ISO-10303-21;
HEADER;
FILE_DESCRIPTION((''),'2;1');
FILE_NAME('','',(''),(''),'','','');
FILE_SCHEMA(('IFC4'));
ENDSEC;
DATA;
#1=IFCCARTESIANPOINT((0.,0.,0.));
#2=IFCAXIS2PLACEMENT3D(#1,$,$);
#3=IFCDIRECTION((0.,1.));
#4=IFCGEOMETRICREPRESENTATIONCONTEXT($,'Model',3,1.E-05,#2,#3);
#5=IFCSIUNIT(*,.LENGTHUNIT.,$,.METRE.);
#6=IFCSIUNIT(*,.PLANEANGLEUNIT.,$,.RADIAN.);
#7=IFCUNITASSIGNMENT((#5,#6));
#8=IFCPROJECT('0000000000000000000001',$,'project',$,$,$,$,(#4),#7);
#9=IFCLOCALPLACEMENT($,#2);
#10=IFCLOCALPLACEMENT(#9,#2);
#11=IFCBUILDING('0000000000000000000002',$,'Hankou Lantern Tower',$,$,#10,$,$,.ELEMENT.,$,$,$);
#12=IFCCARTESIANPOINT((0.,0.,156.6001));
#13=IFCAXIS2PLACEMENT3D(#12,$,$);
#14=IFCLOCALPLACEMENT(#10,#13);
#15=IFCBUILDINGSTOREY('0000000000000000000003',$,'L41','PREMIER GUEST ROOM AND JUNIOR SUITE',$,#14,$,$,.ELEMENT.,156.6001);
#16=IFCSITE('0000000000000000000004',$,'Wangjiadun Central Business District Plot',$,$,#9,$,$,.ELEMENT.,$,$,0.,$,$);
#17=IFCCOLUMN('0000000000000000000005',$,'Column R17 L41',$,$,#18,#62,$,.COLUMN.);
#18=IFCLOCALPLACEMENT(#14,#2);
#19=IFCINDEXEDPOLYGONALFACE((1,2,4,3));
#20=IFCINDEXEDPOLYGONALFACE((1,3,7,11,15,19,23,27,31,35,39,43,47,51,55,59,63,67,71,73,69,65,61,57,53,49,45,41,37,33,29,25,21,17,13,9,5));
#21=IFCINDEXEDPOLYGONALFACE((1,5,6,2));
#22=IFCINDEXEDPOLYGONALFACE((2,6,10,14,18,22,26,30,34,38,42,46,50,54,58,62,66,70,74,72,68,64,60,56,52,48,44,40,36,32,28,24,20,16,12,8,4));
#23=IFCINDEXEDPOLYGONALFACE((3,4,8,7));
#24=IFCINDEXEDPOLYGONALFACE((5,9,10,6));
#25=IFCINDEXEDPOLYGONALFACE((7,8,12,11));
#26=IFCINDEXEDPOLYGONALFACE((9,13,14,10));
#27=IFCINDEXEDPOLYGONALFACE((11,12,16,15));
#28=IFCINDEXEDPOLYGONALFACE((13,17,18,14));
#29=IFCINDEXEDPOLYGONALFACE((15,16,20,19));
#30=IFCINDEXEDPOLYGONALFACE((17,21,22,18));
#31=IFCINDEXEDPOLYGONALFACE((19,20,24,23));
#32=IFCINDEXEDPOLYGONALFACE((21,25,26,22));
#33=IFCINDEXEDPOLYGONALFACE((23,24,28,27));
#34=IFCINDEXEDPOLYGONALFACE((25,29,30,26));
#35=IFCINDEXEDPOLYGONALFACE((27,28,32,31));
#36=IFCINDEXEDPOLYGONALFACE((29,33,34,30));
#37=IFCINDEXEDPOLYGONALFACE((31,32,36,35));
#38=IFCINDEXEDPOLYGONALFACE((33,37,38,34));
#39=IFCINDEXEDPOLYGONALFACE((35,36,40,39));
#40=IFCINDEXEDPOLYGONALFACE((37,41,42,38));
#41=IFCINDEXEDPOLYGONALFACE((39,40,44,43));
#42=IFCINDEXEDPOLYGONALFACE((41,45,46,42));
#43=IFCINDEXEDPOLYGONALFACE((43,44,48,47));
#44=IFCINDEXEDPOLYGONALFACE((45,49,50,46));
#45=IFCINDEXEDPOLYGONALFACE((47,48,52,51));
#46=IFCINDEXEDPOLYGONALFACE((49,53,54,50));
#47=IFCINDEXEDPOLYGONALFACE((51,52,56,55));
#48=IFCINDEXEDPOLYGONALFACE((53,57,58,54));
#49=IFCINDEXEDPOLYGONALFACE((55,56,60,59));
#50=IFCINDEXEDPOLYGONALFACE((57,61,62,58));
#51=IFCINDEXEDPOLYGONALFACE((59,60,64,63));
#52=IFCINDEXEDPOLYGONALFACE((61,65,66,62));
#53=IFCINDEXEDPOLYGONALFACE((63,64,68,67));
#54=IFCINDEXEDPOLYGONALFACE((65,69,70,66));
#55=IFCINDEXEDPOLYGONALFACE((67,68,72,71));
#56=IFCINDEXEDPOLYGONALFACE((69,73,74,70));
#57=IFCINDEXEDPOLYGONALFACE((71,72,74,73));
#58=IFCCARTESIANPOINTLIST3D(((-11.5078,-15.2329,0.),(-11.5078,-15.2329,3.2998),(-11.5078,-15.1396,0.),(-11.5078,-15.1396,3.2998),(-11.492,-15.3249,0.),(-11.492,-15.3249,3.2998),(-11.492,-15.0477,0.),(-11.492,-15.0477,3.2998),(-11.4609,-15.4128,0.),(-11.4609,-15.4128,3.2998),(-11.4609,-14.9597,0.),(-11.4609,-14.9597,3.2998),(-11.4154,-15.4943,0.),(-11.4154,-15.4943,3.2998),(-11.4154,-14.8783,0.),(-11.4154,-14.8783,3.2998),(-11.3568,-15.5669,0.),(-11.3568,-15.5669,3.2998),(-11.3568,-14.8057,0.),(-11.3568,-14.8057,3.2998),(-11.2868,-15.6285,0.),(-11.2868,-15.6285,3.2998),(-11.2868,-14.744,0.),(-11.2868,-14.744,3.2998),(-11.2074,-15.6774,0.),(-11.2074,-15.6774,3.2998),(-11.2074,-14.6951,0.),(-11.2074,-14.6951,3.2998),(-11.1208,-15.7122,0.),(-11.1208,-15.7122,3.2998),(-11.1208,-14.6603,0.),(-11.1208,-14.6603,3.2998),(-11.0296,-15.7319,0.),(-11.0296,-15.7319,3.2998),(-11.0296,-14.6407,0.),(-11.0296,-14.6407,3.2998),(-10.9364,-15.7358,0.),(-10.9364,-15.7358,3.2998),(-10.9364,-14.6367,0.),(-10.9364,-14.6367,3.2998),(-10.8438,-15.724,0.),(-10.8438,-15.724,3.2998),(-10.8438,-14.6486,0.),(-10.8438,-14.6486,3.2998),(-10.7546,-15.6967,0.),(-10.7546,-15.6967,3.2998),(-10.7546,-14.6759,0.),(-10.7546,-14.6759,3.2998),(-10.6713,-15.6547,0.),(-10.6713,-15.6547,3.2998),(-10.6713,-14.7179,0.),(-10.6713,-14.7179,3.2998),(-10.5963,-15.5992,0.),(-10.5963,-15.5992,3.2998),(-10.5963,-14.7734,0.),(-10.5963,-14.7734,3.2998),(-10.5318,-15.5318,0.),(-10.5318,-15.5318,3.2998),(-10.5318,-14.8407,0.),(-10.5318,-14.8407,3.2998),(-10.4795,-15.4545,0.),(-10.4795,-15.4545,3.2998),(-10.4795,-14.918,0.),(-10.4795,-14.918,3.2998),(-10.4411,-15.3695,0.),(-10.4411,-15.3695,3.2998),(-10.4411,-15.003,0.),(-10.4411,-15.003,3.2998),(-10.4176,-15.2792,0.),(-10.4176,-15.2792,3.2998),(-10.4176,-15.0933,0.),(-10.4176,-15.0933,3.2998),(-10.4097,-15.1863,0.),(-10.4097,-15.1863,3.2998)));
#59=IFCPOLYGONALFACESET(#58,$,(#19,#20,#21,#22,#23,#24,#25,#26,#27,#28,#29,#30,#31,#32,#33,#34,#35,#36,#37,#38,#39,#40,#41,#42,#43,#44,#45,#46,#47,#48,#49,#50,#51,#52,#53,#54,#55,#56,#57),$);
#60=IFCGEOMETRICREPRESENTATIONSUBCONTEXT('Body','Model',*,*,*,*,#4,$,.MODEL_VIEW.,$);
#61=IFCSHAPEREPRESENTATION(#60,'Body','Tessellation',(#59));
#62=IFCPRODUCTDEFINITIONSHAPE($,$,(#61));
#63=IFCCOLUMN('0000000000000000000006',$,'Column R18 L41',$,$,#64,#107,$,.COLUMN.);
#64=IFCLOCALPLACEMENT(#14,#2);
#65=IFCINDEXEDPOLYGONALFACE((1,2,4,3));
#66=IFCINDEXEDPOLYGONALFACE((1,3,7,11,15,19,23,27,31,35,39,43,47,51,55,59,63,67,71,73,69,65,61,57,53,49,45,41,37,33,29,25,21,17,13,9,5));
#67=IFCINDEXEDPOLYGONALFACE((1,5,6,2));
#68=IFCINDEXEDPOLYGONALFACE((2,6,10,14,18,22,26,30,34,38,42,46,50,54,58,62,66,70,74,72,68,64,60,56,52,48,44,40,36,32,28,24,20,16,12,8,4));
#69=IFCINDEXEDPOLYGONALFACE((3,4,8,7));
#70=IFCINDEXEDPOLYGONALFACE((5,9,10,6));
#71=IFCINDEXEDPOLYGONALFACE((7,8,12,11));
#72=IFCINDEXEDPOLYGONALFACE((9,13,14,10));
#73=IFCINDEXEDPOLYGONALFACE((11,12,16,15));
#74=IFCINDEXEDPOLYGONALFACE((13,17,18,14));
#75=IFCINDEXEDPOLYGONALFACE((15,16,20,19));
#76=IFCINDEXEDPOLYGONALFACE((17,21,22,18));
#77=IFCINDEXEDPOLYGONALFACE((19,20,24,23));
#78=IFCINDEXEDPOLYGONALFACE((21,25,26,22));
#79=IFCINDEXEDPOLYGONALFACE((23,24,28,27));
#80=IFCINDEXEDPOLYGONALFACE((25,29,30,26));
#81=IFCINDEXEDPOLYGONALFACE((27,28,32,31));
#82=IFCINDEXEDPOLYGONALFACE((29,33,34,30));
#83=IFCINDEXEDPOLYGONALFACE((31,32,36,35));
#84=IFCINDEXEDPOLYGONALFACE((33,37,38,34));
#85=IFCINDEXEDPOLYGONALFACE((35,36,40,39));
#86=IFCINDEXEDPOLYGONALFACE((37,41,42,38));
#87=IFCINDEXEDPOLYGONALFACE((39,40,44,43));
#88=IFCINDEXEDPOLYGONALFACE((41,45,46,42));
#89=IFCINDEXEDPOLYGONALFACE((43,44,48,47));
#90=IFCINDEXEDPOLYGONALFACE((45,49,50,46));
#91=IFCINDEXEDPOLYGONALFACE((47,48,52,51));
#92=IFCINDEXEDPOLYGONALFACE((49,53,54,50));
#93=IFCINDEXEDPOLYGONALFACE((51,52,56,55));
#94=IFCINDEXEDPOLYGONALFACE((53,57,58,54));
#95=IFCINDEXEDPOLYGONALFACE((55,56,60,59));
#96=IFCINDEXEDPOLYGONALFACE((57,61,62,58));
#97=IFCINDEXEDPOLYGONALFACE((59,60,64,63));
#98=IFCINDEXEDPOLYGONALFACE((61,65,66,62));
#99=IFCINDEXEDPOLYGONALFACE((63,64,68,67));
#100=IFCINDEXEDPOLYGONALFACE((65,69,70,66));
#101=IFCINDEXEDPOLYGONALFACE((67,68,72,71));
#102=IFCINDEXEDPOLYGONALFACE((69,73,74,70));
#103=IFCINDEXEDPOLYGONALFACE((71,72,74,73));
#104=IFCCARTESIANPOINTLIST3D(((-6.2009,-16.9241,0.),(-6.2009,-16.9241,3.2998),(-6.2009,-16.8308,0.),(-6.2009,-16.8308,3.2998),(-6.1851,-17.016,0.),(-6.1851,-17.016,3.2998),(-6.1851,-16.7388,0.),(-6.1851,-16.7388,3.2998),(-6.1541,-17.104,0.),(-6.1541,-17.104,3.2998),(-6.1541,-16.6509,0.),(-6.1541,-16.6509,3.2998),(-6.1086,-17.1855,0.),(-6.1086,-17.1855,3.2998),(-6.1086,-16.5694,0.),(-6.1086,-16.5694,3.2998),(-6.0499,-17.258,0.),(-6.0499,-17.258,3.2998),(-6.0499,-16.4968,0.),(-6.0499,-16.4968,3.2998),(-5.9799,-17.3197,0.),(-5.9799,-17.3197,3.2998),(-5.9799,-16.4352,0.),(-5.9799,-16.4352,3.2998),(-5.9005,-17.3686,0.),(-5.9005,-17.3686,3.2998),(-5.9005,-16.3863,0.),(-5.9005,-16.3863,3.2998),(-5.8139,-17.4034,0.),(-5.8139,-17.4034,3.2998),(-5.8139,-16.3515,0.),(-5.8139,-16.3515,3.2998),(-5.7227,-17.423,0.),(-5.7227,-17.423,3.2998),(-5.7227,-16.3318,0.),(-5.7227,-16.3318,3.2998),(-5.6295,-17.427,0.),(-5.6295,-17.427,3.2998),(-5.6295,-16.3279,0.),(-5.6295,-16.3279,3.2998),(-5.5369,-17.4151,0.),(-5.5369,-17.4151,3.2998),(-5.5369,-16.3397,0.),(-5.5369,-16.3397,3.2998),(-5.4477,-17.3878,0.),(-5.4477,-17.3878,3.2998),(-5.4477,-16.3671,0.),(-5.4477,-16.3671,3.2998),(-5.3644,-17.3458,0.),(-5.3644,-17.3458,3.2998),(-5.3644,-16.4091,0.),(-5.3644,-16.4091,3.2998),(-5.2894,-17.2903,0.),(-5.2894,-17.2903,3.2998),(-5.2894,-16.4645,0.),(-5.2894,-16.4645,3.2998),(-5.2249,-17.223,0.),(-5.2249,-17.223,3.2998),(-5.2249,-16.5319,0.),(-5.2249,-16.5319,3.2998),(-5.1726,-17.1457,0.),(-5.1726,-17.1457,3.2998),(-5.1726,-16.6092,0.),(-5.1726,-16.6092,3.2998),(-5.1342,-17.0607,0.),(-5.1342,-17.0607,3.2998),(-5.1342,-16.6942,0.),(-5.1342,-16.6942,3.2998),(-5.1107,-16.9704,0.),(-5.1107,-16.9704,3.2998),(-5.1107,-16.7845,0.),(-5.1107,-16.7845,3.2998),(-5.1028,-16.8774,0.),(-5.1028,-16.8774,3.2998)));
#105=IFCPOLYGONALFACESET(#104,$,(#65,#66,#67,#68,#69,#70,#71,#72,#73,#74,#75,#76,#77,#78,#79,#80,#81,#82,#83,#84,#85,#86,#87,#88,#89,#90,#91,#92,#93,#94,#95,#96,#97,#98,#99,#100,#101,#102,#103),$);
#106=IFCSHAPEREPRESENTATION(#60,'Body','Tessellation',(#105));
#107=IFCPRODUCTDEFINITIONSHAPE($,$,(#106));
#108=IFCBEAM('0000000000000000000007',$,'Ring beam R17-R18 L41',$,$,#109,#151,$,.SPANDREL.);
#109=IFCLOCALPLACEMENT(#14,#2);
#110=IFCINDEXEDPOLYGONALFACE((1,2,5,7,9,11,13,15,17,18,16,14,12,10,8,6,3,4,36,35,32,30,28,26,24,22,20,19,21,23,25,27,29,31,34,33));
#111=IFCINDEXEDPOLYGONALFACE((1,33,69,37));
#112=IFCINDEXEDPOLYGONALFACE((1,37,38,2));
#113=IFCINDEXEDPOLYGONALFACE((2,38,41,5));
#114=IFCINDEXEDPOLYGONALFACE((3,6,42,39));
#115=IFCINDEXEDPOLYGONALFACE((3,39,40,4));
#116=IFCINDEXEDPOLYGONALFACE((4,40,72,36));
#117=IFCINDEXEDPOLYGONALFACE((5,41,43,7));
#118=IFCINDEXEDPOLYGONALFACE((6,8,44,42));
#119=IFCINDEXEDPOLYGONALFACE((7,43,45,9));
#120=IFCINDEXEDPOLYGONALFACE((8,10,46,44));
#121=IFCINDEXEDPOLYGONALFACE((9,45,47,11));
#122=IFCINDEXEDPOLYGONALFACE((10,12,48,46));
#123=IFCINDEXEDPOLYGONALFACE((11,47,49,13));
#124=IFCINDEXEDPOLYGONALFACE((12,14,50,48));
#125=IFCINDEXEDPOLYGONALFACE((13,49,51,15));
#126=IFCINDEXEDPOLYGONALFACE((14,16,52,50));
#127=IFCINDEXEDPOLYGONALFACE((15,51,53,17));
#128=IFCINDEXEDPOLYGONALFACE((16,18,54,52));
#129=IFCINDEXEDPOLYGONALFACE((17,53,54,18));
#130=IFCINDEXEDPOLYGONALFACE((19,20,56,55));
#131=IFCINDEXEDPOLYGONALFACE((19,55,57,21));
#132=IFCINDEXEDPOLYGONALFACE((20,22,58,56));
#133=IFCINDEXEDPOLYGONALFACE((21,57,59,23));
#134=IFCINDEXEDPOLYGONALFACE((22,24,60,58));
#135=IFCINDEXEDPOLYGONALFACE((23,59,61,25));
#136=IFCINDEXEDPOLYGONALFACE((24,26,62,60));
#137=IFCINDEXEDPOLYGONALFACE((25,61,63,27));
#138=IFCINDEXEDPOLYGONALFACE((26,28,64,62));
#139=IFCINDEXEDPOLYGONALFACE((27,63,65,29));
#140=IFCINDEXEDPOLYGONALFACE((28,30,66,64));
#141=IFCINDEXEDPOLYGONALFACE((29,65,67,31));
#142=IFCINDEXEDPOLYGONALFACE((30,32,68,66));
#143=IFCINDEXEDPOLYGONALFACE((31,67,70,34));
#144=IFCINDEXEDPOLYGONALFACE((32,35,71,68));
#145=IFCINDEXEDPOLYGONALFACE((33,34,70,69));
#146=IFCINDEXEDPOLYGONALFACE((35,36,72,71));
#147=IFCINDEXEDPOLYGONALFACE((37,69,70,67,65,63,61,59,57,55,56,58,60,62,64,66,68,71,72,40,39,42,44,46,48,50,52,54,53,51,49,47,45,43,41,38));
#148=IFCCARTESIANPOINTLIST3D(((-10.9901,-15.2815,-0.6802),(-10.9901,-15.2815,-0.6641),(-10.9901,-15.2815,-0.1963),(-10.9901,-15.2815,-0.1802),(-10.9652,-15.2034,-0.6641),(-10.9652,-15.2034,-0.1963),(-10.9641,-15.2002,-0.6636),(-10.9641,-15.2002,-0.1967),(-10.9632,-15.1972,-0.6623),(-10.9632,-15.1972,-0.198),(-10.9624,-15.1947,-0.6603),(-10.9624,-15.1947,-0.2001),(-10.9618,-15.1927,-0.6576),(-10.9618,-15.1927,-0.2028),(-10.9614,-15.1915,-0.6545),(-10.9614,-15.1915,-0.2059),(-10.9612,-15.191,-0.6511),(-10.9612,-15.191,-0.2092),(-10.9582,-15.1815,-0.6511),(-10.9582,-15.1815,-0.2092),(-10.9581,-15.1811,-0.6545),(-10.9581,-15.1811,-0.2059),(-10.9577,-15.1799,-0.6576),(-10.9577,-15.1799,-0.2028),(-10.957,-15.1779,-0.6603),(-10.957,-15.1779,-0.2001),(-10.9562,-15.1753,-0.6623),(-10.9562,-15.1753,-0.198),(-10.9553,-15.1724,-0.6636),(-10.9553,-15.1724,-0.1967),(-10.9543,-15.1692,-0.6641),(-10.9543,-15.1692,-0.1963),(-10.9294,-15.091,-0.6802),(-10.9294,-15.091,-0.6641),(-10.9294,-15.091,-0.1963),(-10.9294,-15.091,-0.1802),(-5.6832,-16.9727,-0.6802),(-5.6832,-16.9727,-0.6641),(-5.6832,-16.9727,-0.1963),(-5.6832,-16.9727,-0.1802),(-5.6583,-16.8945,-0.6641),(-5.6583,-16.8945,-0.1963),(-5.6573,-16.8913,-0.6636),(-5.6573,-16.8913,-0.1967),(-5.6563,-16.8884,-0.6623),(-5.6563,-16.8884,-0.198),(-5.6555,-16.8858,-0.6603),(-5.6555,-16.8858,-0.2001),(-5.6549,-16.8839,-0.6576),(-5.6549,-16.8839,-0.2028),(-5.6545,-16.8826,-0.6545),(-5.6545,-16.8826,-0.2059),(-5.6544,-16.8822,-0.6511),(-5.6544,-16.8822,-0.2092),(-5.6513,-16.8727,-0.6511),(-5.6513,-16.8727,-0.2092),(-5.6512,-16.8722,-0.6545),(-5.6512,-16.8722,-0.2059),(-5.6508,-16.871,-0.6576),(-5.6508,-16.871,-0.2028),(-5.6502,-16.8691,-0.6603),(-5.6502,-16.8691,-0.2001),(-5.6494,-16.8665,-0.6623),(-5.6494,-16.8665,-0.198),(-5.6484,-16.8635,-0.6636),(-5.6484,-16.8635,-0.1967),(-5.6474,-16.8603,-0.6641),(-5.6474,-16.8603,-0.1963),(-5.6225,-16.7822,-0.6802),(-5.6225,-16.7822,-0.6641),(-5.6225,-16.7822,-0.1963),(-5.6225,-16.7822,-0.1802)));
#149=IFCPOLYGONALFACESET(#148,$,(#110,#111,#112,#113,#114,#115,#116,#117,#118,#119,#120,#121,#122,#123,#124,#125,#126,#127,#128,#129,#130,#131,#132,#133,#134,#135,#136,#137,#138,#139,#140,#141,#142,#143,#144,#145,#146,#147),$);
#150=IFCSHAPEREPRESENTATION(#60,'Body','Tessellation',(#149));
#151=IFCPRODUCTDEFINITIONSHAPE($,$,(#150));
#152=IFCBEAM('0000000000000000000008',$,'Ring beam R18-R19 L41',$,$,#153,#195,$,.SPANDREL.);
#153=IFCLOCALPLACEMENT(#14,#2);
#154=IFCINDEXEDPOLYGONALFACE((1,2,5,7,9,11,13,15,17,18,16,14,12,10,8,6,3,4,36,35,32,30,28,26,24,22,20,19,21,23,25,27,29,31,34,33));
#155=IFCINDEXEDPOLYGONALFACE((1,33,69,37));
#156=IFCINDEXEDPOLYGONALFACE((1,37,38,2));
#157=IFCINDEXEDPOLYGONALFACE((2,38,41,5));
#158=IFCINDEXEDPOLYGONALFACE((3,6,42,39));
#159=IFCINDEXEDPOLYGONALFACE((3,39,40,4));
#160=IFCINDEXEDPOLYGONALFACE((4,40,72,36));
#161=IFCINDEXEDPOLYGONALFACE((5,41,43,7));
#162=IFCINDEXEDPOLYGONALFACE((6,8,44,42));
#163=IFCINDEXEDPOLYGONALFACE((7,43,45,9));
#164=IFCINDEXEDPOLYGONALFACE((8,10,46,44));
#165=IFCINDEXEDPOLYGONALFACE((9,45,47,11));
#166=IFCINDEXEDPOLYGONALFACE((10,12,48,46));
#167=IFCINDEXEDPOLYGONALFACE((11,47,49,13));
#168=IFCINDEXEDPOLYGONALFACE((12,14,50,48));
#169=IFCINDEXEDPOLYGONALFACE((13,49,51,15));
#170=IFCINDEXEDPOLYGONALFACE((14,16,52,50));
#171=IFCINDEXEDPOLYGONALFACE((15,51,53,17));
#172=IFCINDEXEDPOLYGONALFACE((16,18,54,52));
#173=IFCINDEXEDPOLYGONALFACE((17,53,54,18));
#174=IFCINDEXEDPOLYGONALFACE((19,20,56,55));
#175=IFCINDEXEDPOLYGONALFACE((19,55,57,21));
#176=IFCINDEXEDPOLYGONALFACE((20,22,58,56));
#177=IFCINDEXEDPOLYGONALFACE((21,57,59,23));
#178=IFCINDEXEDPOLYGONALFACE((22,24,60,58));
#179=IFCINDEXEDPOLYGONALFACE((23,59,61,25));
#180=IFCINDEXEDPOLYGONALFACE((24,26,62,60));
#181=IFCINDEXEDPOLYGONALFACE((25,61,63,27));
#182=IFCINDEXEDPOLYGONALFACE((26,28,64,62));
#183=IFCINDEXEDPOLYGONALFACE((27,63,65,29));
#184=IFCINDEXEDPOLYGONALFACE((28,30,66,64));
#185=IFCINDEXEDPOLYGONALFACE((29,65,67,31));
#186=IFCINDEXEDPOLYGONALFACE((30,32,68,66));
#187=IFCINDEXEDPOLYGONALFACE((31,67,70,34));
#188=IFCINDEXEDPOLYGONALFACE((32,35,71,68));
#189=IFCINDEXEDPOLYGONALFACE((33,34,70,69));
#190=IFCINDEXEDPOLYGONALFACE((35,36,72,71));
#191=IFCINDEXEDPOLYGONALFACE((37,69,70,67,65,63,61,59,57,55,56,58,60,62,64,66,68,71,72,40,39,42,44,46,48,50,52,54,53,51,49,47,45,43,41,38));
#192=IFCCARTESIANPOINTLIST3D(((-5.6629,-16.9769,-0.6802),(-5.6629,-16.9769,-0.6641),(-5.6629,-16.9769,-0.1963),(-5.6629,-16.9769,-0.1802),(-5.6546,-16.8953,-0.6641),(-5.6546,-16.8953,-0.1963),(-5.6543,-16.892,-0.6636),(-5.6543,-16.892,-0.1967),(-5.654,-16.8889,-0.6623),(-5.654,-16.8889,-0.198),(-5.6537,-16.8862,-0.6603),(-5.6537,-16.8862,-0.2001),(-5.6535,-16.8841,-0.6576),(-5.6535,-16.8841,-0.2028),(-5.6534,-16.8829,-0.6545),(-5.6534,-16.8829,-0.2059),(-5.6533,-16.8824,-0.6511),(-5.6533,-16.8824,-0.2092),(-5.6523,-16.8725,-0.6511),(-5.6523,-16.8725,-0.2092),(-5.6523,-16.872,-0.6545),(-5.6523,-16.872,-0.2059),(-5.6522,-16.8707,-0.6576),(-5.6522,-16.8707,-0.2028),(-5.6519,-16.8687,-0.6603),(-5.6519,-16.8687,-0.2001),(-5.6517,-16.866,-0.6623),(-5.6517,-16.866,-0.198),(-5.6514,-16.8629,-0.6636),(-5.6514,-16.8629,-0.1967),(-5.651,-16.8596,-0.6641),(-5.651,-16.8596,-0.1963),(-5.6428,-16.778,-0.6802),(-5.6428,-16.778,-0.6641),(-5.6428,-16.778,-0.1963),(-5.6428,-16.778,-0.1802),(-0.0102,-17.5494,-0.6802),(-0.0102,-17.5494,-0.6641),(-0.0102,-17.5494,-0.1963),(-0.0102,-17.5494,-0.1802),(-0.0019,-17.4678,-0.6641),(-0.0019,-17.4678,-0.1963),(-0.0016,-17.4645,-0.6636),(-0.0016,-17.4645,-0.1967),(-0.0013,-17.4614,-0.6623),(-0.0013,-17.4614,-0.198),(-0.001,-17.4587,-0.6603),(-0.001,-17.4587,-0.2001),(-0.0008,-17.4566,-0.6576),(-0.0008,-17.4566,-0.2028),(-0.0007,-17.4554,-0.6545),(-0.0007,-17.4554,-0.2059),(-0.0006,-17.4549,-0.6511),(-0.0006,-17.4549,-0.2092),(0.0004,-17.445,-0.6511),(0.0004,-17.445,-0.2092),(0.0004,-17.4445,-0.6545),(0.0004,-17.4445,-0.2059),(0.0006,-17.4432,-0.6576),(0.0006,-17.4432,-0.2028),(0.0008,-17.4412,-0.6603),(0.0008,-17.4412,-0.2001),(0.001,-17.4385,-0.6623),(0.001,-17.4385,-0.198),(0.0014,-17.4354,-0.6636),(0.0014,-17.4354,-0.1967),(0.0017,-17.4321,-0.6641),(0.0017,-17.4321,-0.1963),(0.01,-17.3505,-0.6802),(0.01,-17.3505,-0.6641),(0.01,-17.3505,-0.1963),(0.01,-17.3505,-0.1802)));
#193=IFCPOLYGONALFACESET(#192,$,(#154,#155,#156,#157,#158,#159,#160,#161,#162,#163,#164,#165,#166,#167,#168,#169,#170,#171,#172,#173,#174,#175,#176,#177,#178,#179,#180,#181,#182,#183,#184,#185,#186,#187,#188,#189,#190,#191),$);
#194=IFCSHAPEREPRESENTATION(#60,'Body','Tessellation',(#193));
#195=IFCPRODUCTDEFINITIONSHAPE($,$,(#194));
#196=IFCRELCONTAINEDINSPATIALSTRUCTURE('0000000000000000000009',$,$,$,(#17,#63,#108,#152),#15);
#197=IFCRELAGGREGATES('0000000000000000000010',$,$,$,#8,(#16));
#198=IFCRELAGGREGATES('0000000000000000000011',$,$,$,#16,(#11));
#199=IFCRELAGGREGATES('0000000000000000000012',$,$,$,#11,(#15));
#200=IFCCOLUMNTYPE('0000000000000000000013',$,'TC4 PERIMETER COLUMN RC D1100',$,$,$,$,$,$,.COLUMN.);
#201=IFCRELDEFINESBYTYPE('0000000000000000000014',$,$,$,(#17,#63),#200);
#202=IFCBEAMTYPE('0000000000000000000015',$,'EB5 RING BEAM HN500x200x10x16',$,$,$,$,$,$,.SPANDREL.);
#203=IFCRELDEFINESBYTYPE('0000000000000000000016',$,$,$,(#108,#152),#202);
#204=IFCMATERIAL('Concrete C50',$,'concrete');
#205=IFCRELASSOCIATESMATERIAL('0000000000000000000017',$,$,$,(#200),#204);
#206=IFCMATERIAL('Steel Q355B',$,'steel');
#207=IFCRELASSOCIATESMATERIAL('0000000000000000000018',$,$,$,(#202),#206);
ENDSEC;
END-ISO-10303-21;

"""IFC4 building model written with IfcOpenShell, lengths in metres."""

from ifc_helpers import new_model, si_unit, direction, frame, origin, origin_2d, place, context, subcontext, project, spatial, circle, i_section, extrude, material, material_profile, profile_set, type_object, element, save


model = new_model("IFC4")

# Units and contexts
model_context = context("Model", 3, precision=1e-05, world=origin(), true_north=direction((0.0, 1.0)))
body_context = subcontext(model_context, "Body", "Model", "MODEL_VIEW")
ifc_project = project(units=[si_unit("LENGTHUNIT", "METRE"), si_unit("PLANEANGLEUNIT", "RADIAN")], contexts=[model_context])

# Site, building, storey
site_placement = place(None, origin())
site = spatial("IfcSite", under=ifc_project, at=site_placement, Name="Wangjiadun Central Business District Plot", CompositionType="ELEMENT", RefElevation=0.0)
building_placement = place(site_placement, origin())
building = spatial("IfcBuilding", under=site, at=building_placement, Name="Hankou Lantern Tower", CompositionType="ELEMENT")
storey_placement = place(building_placement, frame((0.0, 0.0, 156.6001)))
storey = spatial("IfcBuildingStorey", under=building, at=storey_placement, Name="L41", Description="PREMIER GUEST ROOM AND JUNIOR SUITE", CompositionType="ELEMENT", Elevation=156.6001)

# Columns
ifc_material_1 = material(Name="Concrete C50", Category="concrete")
ifc_material_profile_1 = material_profile(ifc_material_1, circle(Radius=0.55, at=origin_2d()), Name="RC D1100")
ifc_profile_set_1 = profile_set([ifc_material_profile_1], Name="Concrete C50")
column_type = type_object("IfcColumnType", Name="TC4 PERIMETER COLUMN RC D1100", PredefinedType="COLUMN", material=ifc_profile_set_1)
for number, where, z_axis, x_axis, name in (
    (1, (-10.9597, -15.1863, 0.0), (0.0, 0.0, 1.0), (1.0, 0.0, 0.0), "Column R17 L41"),
    (2, (-5.6528, -16.8774, 0.0), (0.0, 0.0, 1.0), (1.0, 0.0, 0.0), "Column R18 L41"),
):
    element("IfcColumn", number, at=place(storey_placement, frame(where, z_axis=z_axis, x_axis=x_axis)), inside=storey, type_object=column_type, Name=name, PredefinedType="COLUMN", context=body_context, shape_type="SweptSolid", body=[
        extrude(circle(Radius=0.55, at=origin_2d()), origin(), (0.0, 0.0, 1.0), 3.2998),
    ])

# Beams
ifc_material_2 = material(Name="Steel Q355B", Category="steel")
ifc_material_profile_2 = material_profile(ifc_material_2, i_section(OverallWidth=0.2, OverallDepth=0.5, WebThickness=0.01, FlangeThickness=0.0161, FilletRadius=0.0129, at=origin_2d()), Name="HN500x200x10x16")
ifc_profile_set_2 = profile_set([ifc_material_profile_2], Name="Steel Q355B")
beam_type = type_object("IfcBeamType", Name="EB5 RING BEAM HN500x200x10x16", PredefinedType="SPANDREL", material=ifc_profile_set_2)
beam_1_placement = place(storey_placement, frame((-10.9597, -15.1863, -0.4302), z_axis=(0.95279, -0.303629, 0.0), x_axis=(0.303629, 0.95279, 0.0)))
element("IfcBeam", 3, at=beam_1_placement, inside=storey, type_object=beam_type, Name="Ring beam R17-R18 L41", PredefinedType="SPANDREL", context=body_context, shape_type="SweptSolid", body=[
    extrude(i_section(OverallWidth=0.2, OverallDepth=0.5, WebThickness=0.01, FlangeThickness=0.0161, FilletRadius=0.0129, at=origin_2d()), origin(), (0.0, 0.0, 1.0), 5.5698),
])
beam_2_placement = place(storey_placement, frame((-5.6528, -16.8774, -0.4302), z_axis=(0.99491, -0.100763, 0.0), x_axis=(0.100763, 0.99491, 0.0)))
element("IfcBeam", 4, at=beam_2_placement, inside=storey, type_object=beam_type, Name="Ring beam R18-R19 L41", PredefinedType="SPANDREL", context=body_context, shape_type="SweptSolid", body=[
    extrude(i_section(OverallWidth=0.2, OverallDepth=0.5, WebThickness=0.01, FlangeThickness=0.0161, FilletRadius=0.0129, at=origin_2d()), origin(), (0.0, 0.0, 1.0), 5.6816),
])

save(model, "model.ifc")
